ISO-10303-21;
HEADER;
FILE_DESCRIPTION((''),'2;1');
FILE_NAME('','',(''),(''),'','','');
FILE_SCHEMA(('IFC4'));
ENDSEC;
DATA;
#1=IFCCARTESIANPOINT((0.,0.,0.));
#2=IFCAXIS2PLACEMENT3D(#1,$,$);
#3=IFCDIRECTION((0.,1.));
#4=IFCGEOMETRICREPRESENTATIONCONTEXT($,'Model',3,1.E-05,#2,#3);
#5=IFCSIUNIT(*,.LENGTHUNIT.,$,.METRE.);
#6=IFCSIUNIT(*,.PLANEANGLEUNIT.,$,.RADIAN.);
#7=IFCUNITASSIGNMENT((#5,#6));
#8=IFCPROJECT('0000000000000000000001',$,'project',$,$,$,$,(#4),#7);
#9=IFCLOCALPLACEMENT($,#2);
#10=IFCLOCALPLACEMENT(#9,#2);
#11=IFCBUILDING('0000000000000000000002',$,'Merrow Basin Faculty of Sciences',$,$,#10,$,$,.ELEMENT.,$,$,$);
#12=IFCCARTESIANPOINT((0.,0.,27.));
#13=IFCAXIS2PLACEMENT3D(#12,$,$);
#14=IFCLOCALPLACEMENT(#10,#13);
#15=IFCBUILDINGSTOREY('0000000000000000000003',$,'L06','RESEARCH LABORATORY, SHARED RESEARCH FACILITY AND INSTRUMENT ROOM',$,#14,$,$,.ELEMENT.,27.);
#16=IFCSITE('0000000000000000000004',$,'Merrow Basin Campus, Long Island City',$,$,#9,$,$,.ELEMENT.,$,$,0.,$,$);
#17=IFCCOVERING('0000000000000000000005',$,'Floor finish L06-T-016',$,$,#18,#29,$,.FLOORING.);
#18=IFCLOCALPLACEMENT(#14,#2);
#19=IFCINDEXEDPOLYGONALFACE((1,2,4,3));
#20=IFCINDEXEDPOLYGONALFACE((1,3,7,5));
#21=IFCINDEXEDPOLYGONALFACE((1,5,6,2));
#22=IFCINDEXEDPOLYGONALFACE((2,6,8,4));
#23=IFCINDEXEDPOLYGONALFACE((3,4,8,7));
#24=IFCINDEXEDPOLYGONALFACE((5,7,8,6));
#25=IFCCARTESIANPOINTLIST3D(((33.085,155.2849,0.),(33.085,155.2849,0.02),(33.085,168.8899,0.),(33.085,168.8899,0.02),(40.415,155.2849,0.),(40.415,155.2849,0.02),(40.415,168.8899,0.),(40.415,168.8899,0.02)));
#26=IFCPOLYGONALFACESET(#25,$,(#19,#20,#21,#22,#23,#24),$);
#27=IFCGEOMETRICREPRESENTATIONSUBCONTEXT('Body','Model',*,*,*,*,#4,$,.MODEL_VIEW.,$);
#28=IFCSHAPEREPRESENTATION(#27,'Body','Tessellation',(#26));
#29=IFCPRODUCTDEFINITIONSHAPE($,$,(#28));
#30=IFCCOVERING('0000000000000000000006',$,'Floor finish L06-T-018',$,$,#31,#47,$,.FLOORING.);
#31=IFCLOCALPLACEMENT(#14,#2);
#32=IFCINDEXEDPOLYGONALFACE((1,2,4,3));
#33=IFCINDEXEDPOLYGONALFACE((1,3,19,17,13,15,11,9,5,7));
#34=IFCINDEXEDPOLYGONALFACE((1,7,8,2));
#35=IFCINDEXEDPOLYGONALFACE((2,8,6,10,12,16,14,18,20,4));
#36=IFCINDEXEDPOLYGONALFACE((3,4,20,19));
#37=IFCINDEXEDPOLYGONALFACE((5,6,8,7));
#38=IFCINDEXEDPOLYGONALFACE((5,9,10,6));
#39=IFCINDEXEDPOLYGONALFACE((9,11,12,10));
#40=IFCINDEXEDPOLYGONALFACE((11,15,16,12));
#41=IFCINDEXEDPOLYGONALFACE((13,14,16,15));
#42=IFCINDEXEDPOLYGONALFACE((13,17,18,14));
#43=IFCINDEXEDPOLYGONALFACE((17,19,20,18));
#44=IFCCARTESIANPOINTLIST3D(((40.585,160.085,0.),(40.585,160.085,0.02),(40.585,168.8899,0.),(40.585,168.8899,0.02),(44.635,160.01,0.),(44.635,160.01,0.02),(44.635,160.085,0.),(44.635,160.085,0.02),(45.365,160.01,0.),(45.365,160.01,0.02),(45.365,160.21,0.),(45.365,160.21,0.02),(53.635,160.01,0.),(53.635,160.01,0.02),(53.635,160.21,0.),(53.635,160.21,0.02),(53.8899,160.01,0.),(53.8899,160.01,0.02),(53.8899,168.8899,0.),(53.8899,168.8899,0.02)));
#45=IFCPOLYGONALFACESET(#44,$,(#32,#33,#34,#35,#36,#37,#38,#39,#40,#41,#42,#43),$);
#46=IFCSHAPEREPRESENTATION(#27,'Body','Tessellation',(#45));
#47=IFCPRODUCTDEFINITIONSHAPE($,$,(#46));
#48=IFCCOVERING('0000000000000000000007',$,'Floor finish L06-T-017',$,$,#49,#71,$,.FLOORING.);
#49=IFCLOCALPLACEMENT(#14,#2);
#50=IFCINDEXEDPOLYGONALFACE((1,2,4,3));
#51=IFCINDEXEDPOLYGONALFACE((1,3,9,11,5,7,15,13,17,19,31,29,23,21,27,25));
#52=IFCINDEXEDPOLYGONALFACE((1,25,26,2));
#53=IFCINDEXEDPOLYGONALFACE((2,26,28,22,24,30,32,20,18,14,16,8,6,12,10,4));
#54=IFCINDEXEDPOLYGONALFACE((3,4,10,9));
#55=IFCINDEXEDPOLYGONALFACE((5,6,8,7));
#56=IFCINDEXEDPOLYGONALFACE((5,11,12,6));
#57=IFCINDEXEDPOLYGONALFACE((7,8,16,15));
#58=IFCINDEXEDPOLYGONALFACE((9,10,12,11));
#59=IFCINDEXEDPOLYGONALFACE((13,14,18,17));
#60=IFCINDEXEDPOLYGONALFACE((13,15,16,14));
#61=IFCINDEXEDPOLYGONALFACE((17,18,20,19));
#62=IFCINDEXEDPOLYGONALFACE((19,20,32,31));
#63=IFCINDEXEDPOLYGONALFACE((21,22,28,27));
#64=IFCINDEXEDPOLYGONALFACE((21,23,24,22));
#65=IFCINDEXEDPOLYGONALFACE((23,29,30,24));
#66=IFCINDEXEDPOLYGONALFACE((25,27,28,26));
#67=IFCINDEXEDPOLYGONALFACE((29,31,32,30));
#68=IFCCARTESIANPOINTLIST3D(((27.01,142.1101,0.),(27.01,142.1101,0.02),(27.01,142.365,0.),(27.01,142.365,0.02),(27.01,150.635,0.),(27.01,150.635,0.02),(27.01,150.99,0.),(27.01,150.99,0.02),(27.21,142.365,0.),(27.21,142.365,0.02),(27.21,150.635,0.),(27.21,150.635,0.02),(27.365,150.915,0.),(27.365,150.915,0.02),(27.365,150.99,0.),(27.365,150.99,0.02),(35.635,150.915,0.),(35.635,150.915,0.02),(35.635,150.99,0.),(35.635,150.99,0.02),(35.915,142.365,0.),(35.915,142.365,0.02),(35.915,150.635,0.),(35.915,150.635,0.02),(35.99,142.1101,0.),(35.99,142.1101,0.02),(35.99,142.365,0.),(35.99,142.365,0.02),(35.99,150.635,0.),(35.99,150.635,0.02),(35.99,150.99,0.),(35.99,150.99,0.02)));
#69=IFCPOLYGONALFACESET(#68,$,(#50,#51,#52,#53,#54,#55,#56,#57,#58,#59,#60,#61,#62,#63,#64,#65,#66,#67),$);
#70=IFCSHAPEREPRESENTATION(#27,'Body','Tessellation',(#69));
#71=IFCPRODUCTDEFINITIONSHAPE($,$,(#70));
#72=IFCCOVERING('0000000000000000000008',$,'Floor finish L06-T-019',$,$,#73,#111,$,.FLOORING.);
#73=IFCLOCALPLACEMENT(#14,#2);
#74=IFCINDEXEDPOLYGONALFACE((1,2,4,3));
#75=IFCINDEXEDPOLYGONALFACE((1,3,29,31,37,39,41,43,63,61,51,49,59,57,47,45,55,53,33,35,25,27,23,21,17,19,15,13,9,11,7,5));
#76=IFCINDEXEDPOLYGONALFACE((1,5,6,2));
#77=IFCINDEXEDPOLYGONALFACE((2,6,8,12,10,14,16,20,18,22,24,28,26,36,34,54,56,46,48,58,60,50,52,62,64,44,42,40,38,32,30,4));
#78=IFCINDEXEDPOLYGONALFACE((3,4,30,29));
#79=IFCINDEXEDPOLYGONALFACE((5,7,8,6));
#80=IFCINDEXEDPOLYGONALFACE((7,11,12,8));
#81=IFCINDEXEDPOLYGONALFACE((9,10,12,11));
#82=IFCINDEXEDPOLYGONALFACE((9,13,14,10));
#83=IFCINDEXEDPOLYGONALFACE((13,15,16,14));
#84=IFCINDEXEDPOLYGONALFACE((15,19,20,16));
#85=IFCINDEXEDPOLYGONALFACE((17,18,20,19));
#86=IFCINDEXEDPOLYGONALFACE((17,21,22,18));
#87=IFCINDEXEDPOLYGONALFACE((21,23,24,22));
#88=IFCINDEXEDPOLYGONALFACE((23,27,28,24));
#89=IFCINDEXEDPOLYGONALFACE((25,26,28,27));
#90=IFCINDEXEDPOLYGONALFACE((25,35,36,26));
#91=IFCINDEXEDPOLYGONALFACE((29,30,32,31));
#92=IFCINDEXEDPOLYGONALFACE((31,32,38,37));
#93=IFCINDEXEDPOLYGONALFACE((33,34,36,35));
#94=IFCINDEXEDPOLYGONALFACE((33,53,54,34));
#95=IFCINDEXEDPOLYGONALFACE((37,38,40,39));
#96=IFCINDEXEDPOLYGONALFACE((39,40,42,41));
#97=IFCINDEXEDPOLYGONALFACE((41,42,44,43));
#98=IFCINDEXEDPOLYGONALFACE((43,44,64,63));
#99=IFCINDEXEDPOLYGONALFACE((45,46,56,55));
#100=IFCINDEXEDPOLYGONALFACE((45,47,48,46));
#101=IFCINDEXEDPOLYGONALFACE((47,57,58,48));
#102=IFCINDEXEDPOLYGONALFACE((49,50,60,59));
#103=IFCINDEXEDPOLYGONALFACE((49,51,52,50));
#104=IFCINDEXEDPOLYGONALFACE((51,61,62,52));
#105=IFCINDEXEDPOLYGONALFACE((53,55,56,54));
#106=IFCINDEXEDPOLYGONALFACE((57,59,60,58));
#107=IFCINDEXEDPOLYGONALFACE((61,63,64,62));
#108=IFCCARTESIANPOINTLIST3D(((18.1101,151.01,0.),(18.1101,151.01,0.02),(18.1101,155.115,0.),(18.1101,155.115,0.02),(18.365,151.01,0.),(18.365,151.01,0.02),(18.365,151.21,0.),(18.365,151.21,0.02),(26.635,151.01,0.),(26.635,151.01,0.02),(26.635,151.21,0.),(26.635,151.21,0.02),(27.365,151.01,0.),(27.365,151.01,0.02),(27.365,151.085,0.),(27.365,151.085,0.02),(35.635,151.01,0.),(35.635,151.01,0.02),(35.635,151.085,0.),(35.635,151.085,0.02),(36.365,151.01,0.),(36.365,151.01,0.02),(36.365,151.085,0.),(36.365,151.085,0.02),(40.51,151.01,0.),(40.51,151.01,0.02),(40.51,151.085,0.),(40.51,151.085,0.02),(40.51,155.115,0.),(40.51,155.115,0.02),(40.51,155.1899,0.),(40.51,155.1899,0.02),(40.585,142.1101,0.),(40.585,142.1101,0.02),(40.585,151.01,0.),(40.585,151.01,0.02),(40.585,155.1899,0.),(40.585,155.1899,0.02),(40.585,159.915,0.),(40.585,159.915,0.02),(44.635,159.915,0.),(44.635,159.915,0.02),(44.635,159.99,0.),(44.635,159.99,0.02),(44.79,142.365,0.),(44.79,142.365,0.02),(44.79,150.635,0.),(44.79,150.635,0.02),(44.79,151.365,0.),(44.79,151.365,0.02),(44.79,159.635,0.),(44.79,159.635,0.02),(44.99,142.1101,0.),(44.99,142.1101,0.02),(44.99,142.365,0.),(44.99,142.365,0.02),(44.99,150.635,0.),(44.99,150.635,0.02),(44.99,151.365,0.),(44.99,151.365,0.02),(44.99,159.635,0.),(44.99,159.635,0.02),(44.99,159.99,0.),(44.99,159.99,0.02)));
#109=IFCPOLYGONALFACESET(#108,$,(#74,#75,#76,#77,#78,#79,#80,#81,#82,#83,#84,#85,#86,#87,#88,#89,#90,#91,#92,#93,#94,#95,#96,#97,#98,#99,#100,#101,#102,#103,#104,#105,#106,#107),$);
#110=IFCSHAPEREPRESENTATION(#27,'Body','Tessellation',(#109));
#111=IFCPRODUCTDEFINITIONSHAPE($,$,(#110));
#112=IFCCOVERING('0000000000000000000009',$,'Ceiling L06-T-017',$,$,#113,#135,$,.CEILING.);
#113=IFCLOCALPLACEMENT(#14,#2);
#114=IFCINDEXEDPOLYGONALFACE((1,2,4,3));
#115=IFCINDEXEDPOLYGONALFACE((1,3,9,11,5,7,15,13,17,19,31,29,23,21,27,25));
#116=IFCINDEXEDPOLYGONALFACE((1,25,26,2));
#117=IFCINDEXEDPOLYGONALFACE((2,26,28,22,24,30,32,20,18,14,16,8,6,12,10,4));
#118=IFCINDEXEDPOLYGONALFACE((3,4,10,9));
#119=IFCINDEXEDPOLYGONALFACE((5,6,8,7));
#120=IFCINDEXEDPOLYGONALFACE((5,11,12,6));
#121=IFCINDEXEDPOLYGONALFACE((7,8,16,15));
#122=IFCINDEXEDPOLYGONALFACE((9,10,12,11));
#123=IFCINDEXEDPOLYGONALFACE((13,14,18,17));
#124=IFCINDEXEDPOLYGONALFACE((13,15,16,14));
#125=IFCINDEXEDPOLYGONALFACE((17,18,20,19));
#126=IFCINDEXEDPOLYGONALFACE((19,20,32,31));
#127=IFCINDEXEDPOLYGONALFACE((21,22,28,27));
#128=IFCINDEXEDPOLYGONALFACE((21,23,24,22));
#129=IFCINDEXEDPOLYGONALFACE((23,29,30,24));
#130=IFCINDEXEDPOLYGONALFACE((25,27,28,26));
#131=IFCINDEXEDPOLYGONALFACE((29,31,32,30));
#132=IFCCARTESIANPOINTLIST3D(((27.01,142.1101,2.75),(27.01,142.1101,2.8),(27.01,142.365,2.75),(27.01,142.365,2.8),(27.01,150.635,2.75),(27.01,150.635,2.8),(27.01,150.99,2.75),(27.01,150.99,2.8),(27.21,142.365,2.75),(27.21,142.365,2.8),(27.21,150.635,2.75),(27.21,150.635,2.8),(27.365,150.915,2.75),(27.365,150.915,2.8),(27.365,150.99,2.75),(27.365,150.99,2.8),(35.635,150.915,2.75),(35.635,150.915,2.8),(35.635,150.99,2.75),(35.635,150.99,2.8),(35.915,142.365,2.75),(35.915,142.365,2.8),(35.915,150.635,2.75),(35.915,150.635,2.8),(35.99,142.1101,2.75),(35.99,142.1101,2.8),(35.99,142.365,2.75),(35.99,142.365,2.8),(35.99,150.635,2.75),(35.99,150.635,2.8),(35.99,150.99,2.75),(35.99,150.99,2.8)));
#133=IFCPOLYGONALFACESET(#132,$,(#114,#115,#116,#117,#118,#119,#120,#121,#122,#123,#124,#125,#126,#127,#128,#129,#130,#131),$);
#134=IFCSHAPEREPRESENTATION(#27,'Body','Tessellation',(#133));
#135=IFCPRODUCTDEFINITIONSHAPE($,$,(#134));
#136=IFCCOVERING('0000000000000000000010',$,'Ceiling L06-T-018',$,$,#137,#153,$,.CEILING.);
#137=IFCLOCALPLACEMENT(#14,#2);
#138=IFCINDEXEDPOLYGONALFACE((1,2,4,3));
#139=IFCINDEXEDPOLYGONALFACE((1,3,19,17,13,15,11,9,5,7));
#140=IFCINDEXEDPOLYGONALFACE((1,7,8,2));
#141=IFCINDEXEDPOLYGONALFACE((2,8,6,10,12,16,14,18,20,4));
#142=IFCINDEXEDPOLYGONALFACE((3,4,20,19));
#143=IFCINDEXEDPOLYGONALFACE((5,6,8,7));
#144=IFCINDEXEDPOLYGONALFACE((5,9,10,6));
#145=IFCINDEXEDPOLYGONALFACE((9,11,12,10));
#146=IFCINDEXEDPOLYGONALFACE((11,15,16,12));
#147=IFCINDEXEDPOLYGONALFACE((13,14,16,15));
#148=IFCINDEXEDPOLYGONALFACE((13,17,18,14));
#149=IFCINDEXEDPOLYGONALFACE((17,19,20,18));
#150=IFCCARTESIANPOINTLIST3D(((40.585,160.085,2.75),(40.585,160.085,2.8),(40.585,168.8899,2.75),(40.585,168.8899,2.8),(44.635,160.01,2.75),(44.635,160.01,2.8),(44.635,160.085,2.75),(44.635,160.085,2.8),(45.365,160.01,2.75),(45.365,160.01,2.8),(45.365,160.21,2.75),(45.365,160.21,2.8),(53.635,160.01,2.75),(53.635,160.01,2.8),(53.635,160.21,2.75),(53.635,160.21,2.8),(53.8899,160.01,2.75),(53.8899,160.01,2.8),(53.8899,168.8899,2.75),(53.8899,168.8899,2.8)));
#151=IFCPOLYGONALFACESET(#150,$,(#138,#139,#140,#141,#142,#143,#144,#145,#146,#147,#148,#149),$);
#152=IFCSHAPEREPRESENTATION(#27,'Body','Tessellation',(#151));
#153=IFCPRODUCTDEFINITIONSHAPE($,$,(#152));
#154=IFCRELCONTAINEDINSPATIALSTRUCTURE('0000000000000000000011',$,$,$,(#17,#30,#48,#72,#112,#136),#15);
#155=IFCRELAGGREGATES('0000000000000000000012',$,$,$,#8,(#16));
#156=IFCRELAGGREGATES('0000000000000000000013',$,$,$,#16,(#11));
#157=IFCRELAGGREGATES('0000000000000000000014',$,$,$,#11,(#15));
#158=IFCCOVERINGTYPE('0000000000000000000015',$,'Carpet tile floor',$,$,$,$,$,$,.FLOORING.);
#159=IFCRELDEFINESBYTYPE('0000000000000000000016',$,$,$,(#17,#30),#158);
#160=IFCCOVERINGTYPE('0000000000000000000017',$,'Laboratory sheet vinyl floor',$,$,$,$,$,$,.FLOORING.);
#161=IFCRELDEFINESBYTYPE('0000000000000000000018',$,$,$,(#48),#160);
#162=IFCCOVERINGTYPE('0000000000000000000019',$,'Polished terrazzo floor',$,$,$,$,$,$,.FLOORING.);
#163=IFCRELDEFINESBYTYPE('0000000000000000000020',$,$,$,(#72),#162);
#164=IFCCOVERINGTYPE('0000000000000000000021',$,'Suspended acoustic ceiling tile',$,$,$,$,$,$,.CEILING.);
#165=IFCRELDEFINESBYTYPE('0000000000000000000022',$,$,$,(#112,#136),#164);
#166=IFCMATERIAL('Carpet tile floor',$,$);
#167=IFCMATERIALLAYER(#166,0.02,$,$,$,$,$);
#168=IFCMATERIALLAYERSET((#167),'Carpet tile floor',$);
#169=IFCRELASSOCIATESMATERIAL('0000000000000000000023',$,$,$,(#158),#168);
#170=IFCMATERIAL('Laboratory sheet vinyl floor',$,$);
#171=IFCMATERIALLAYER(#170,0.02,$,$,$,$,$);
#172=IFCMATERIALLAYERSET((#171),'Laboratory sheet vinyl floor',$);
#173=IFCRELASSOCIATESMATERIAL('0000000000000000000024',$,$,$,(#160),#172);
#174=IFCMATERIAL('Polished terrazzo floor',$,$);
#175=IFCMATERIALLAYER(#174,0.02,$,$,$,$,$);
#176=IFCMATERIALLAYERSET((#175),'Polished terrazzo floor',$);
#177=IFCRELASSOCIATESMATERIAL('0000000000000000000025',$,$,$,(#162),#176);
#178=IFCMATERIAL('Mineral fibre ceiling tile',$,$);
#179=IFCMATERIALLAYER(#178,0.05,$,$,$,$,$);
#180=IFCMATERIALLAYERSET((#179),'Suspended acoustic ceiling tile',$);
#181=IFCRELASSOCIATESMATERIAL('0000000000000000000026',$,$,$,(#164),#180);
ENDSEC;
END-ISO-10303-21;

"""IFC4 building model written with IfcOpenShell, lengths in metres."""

from ifc_helpers import new_model, si_unit, direction, frame, origin, place, context, subcontext, project, spatial, polyline, outline, extrude, material, layer, layer_set, type_object, element, save


model = new_model("IFC4")

# Units and contexts
model_context = context("Model", 3, precision=1e-05, world=origin(), true_north=direction((0.0, 1.0)))
body_context = subcontext(model_context, "Body", "Model", "MODEL_VIEW")
ifc_project = project(units=[si_unit("LENGTHUNIT", "METRE"), si_unit("PLANEANGLEUNIT", "RADIAN")], contexts=[model_context])

# Site, building, storey
site_placement = place(None, origin())
site = spatial("IfcSite", under=ifc_project, at=site_placement, Name="Merrow Basin Campus, Long Island City", CompositionType="ELEMENT", RefElevation=0.0)
building_placement = place(site_placement, origin())
building = spatial("IfcBuilding", under=site, at=building_placement, Name="Merrow Basin Faculty of Sciences", CompositionType="ELEMENT")
storey_placement = place(building_placement, frame((0.0, 0.0, 27.0)))
storey = spatial("IfcBuildingStorey", under=building, at=storey_placement, Name="L06", Description="RESEARCH LABORATORY, SHARED RESEARCH FACILITY AND INSTRUMENT ROOM", CompositionType="ELEMENT", Elevation=27.0)

# Coverings
ifc_material_1 = material(Name="Carpet tile floor")
ifc_layer_1 = layer(ifc_material_1, 0.02)
ifc_layer_set_1 = layer_set([ifc_layer_1], Name="Carpet tile floor")
covering_type_1 = type_object("IfcCoveringType", Name="Carpet tile floor", PredefinedType="FLOORING", material=ifc_layer_set_1)
covering_1_placement = place(storey_placement, origin())
element("IfcCovering", 1, at=covering_1_placement, inside=storey, type_object=covering_type_1, Name="Floor finish L06-T-016", PredefinedType="FLOORING", context=body_context, shape_type="SweptSolid", body=[
    extrude(outline(polyline([(40.415, 168.8899), (40.415, 155.2849), (33.085, 155.2849), (33.085, 168.8899), (40.415, 168.8899)])), origin(), (0.0, 0.0, 1.0), 0.02),
])
covering_2_placement = place(storey_placement, origin())
element("IfcCovering", 2, at=covering_2_placement, inside=storey, type_object=covering_type_1, Name="Floor finish L06-T-018", PredefinedType="FLOORING", context=body_context, shape_type="SweptSolid", body=[
    extrude(outline(polyline([(53.8899, 168.8899), (53.8899, 160.01), (53.635, 160.01), (53.635, 160.21), (45.365, 160.21), (45.365, 160.01), (44.635, 160.01), (44.635, 160.085), (40.585, 160.085), (40.585, 168.8899), (53.8899, 168.8899)])), origin(), (0.0, 0.0, 1.0), 0.02),
])
ifc_material_2 = material(Name="Laboratory sheet vinyl floor")
ifc_layer_2 = layer(ifc_material_2, 0.02)
ifc_layer_set_2 = layer_set([ifc_layer_2], Name="Laboratory sheet vinyl floor")
covering_type_2 = type_object("IfcCoveringType", Name="Laboratory sheet vinyl floor", PredefinedType="FLOORING", material=ifc_layer_set_2)
covering_3_placement = place(storey_placement, origin())
element("IfcCovering", 3, at=covering_3_placement, inside=storey, type_object=covering_type_2, Name="Floor finish L06-T-017", PredefinedType="FLOORING", context=body_context, shape_type="SweptSolid", body=[
    extrude(outline(polyline([(27.365, 150.99), (27.365, 150.915), (35.635, 150.915), (35.635, 150.99), (35.99, 150.99), (35.99, 150.635), (35.915, 150.635), (35.915, 142.365), (35.99, 142.365), (35.99, 142.1101), (27.01, 142.1101), (27.01, 142.365), (27.21, 142.365), (27.21, 150.635), (27.01, 150.635), (27.01, 150.99), (27.365, 150.99)])), origin(), (0.0, 0.0, 1.0), 0.02),
])
ifc_material_3 = material(Name="Polished terrazzo floor")
ifc_layer_3 = layer(ifc_material_3, 0.02)
ifc_layer_set_3 = layer_set([ifc_layer_3], Name="Polished terrazzo floor")
covering_type_3 = type_object("IfcCoveringType", Name="Polished terrazzo floor", PredefinedType="FLOORING", material=ifc_layer_set_3)
covering_4_placement = place(storey_placement, origin())
element("IfcCovering", 4, at=covering_4_placement, inside=storey, type_object=covering_type_3, Name="Floor finish L06-T-019", PredefinedType="FLOORING", context=body_context, shape_type="SweptSolid", body=[
    extrude(outline(polyline([(44.99, 159.635), (44.79, 159.635), (44.79, 151.365), (44.99, 151.365), (44.99, 150.635), (44.79, 150.635), (44.79, 142.365), (44.99, 142.365), (44.99, 142.1101), (40.585, 142.1101), (40.585, 151.01), (40.51, 151.01), (40.51, 151.085), (36.365, 151.085), (36.365, 151.01), (35.635, 151.01), (35.635, 151.085), (27.365, 151.085), (27.365, 151.01), (26.635, 151.01), (26.635, 151.21), (18.365, 151.21), (18.365, 151.01), (18.1101, 151.01), (18.1101, 155.115), (40.51, 155.115), (40.51, 155.1899), (40.585, 155.1899), (40.585, 159.915), (44.635, 159.915), (44.635, 159.99), (44.99, 159.99), (44.99, 159.635)])), origin(), (0.0, 0.0, 1.0), 0.02),
])
ifc_material_4 = material(Name="Mineral fibre ceiling tile")
ifc_layer_4 = layer(ifc_material_4, 0.05)
ifc_layer_set_4 = layer_set([ifc_layer_4], Name="Suspended acoustic ceiling tile")
covering_type_4 = type_object("IfcCoveringType", Name="Suspended acoustic ceiling tile", PredefinedType="CEILING", material=ifc_layer_set_4)
covering_5_placement = place(storey_placement, frame((0.0, 0.0, 2.75)))
element("IfcCovering", 5, at=covering_5_placement, inside=storey, type_object=covering_type_4, Name="Ceiling L06-T-017", PredefinedType="CEILING", context=body_context, shape_type="SweptSolid", body=[
    extrude(outline(polyline([(27.365, 150.99), (27.365, 150.915), (35.635, 150.915), (35.635, 150.99), (35.99, 150.99), (35.99, 150.635), (35.915, 150.635), (35.915, 142.365), (35.99, 142.365), (35.99, 142.1101), (27.01, 142.1101), (27.01, 142.365), (27.21, 142.365), (27.21, 150.635), (27.01, 150.635), (27.01, 150.99), (27.365, 150.99)])), origin(), (0.0, 0.0, 1.0), 0.05),
])
covering_6_placement = place(storey_placement, frame((0.0, 0.0, 2.75)))
element("IfcCovering", 6, at=covering_6_placement, inside=storey, type_object=covering_type_4, Name="Ceiling L06-T-018", PredefinedType="CEILING", context=body_context, shape_type="SweptSolid", body=[
    extrude(outline(polyline([(53.8899, 168.8899), (53.8899, 160.01), (53.635, 160.01), (53.635, 160.21), (45.365, 160.21), (45.365, 160.01), (44.635, 160.01), (44.635, 160.085), (40.585, 160.085), (40.585, 168.8899), (53.8899, 168.8899)])), origin(), (0.0, 0.0, 1.0), 0.05),
])

save(model, "model.ifc")
